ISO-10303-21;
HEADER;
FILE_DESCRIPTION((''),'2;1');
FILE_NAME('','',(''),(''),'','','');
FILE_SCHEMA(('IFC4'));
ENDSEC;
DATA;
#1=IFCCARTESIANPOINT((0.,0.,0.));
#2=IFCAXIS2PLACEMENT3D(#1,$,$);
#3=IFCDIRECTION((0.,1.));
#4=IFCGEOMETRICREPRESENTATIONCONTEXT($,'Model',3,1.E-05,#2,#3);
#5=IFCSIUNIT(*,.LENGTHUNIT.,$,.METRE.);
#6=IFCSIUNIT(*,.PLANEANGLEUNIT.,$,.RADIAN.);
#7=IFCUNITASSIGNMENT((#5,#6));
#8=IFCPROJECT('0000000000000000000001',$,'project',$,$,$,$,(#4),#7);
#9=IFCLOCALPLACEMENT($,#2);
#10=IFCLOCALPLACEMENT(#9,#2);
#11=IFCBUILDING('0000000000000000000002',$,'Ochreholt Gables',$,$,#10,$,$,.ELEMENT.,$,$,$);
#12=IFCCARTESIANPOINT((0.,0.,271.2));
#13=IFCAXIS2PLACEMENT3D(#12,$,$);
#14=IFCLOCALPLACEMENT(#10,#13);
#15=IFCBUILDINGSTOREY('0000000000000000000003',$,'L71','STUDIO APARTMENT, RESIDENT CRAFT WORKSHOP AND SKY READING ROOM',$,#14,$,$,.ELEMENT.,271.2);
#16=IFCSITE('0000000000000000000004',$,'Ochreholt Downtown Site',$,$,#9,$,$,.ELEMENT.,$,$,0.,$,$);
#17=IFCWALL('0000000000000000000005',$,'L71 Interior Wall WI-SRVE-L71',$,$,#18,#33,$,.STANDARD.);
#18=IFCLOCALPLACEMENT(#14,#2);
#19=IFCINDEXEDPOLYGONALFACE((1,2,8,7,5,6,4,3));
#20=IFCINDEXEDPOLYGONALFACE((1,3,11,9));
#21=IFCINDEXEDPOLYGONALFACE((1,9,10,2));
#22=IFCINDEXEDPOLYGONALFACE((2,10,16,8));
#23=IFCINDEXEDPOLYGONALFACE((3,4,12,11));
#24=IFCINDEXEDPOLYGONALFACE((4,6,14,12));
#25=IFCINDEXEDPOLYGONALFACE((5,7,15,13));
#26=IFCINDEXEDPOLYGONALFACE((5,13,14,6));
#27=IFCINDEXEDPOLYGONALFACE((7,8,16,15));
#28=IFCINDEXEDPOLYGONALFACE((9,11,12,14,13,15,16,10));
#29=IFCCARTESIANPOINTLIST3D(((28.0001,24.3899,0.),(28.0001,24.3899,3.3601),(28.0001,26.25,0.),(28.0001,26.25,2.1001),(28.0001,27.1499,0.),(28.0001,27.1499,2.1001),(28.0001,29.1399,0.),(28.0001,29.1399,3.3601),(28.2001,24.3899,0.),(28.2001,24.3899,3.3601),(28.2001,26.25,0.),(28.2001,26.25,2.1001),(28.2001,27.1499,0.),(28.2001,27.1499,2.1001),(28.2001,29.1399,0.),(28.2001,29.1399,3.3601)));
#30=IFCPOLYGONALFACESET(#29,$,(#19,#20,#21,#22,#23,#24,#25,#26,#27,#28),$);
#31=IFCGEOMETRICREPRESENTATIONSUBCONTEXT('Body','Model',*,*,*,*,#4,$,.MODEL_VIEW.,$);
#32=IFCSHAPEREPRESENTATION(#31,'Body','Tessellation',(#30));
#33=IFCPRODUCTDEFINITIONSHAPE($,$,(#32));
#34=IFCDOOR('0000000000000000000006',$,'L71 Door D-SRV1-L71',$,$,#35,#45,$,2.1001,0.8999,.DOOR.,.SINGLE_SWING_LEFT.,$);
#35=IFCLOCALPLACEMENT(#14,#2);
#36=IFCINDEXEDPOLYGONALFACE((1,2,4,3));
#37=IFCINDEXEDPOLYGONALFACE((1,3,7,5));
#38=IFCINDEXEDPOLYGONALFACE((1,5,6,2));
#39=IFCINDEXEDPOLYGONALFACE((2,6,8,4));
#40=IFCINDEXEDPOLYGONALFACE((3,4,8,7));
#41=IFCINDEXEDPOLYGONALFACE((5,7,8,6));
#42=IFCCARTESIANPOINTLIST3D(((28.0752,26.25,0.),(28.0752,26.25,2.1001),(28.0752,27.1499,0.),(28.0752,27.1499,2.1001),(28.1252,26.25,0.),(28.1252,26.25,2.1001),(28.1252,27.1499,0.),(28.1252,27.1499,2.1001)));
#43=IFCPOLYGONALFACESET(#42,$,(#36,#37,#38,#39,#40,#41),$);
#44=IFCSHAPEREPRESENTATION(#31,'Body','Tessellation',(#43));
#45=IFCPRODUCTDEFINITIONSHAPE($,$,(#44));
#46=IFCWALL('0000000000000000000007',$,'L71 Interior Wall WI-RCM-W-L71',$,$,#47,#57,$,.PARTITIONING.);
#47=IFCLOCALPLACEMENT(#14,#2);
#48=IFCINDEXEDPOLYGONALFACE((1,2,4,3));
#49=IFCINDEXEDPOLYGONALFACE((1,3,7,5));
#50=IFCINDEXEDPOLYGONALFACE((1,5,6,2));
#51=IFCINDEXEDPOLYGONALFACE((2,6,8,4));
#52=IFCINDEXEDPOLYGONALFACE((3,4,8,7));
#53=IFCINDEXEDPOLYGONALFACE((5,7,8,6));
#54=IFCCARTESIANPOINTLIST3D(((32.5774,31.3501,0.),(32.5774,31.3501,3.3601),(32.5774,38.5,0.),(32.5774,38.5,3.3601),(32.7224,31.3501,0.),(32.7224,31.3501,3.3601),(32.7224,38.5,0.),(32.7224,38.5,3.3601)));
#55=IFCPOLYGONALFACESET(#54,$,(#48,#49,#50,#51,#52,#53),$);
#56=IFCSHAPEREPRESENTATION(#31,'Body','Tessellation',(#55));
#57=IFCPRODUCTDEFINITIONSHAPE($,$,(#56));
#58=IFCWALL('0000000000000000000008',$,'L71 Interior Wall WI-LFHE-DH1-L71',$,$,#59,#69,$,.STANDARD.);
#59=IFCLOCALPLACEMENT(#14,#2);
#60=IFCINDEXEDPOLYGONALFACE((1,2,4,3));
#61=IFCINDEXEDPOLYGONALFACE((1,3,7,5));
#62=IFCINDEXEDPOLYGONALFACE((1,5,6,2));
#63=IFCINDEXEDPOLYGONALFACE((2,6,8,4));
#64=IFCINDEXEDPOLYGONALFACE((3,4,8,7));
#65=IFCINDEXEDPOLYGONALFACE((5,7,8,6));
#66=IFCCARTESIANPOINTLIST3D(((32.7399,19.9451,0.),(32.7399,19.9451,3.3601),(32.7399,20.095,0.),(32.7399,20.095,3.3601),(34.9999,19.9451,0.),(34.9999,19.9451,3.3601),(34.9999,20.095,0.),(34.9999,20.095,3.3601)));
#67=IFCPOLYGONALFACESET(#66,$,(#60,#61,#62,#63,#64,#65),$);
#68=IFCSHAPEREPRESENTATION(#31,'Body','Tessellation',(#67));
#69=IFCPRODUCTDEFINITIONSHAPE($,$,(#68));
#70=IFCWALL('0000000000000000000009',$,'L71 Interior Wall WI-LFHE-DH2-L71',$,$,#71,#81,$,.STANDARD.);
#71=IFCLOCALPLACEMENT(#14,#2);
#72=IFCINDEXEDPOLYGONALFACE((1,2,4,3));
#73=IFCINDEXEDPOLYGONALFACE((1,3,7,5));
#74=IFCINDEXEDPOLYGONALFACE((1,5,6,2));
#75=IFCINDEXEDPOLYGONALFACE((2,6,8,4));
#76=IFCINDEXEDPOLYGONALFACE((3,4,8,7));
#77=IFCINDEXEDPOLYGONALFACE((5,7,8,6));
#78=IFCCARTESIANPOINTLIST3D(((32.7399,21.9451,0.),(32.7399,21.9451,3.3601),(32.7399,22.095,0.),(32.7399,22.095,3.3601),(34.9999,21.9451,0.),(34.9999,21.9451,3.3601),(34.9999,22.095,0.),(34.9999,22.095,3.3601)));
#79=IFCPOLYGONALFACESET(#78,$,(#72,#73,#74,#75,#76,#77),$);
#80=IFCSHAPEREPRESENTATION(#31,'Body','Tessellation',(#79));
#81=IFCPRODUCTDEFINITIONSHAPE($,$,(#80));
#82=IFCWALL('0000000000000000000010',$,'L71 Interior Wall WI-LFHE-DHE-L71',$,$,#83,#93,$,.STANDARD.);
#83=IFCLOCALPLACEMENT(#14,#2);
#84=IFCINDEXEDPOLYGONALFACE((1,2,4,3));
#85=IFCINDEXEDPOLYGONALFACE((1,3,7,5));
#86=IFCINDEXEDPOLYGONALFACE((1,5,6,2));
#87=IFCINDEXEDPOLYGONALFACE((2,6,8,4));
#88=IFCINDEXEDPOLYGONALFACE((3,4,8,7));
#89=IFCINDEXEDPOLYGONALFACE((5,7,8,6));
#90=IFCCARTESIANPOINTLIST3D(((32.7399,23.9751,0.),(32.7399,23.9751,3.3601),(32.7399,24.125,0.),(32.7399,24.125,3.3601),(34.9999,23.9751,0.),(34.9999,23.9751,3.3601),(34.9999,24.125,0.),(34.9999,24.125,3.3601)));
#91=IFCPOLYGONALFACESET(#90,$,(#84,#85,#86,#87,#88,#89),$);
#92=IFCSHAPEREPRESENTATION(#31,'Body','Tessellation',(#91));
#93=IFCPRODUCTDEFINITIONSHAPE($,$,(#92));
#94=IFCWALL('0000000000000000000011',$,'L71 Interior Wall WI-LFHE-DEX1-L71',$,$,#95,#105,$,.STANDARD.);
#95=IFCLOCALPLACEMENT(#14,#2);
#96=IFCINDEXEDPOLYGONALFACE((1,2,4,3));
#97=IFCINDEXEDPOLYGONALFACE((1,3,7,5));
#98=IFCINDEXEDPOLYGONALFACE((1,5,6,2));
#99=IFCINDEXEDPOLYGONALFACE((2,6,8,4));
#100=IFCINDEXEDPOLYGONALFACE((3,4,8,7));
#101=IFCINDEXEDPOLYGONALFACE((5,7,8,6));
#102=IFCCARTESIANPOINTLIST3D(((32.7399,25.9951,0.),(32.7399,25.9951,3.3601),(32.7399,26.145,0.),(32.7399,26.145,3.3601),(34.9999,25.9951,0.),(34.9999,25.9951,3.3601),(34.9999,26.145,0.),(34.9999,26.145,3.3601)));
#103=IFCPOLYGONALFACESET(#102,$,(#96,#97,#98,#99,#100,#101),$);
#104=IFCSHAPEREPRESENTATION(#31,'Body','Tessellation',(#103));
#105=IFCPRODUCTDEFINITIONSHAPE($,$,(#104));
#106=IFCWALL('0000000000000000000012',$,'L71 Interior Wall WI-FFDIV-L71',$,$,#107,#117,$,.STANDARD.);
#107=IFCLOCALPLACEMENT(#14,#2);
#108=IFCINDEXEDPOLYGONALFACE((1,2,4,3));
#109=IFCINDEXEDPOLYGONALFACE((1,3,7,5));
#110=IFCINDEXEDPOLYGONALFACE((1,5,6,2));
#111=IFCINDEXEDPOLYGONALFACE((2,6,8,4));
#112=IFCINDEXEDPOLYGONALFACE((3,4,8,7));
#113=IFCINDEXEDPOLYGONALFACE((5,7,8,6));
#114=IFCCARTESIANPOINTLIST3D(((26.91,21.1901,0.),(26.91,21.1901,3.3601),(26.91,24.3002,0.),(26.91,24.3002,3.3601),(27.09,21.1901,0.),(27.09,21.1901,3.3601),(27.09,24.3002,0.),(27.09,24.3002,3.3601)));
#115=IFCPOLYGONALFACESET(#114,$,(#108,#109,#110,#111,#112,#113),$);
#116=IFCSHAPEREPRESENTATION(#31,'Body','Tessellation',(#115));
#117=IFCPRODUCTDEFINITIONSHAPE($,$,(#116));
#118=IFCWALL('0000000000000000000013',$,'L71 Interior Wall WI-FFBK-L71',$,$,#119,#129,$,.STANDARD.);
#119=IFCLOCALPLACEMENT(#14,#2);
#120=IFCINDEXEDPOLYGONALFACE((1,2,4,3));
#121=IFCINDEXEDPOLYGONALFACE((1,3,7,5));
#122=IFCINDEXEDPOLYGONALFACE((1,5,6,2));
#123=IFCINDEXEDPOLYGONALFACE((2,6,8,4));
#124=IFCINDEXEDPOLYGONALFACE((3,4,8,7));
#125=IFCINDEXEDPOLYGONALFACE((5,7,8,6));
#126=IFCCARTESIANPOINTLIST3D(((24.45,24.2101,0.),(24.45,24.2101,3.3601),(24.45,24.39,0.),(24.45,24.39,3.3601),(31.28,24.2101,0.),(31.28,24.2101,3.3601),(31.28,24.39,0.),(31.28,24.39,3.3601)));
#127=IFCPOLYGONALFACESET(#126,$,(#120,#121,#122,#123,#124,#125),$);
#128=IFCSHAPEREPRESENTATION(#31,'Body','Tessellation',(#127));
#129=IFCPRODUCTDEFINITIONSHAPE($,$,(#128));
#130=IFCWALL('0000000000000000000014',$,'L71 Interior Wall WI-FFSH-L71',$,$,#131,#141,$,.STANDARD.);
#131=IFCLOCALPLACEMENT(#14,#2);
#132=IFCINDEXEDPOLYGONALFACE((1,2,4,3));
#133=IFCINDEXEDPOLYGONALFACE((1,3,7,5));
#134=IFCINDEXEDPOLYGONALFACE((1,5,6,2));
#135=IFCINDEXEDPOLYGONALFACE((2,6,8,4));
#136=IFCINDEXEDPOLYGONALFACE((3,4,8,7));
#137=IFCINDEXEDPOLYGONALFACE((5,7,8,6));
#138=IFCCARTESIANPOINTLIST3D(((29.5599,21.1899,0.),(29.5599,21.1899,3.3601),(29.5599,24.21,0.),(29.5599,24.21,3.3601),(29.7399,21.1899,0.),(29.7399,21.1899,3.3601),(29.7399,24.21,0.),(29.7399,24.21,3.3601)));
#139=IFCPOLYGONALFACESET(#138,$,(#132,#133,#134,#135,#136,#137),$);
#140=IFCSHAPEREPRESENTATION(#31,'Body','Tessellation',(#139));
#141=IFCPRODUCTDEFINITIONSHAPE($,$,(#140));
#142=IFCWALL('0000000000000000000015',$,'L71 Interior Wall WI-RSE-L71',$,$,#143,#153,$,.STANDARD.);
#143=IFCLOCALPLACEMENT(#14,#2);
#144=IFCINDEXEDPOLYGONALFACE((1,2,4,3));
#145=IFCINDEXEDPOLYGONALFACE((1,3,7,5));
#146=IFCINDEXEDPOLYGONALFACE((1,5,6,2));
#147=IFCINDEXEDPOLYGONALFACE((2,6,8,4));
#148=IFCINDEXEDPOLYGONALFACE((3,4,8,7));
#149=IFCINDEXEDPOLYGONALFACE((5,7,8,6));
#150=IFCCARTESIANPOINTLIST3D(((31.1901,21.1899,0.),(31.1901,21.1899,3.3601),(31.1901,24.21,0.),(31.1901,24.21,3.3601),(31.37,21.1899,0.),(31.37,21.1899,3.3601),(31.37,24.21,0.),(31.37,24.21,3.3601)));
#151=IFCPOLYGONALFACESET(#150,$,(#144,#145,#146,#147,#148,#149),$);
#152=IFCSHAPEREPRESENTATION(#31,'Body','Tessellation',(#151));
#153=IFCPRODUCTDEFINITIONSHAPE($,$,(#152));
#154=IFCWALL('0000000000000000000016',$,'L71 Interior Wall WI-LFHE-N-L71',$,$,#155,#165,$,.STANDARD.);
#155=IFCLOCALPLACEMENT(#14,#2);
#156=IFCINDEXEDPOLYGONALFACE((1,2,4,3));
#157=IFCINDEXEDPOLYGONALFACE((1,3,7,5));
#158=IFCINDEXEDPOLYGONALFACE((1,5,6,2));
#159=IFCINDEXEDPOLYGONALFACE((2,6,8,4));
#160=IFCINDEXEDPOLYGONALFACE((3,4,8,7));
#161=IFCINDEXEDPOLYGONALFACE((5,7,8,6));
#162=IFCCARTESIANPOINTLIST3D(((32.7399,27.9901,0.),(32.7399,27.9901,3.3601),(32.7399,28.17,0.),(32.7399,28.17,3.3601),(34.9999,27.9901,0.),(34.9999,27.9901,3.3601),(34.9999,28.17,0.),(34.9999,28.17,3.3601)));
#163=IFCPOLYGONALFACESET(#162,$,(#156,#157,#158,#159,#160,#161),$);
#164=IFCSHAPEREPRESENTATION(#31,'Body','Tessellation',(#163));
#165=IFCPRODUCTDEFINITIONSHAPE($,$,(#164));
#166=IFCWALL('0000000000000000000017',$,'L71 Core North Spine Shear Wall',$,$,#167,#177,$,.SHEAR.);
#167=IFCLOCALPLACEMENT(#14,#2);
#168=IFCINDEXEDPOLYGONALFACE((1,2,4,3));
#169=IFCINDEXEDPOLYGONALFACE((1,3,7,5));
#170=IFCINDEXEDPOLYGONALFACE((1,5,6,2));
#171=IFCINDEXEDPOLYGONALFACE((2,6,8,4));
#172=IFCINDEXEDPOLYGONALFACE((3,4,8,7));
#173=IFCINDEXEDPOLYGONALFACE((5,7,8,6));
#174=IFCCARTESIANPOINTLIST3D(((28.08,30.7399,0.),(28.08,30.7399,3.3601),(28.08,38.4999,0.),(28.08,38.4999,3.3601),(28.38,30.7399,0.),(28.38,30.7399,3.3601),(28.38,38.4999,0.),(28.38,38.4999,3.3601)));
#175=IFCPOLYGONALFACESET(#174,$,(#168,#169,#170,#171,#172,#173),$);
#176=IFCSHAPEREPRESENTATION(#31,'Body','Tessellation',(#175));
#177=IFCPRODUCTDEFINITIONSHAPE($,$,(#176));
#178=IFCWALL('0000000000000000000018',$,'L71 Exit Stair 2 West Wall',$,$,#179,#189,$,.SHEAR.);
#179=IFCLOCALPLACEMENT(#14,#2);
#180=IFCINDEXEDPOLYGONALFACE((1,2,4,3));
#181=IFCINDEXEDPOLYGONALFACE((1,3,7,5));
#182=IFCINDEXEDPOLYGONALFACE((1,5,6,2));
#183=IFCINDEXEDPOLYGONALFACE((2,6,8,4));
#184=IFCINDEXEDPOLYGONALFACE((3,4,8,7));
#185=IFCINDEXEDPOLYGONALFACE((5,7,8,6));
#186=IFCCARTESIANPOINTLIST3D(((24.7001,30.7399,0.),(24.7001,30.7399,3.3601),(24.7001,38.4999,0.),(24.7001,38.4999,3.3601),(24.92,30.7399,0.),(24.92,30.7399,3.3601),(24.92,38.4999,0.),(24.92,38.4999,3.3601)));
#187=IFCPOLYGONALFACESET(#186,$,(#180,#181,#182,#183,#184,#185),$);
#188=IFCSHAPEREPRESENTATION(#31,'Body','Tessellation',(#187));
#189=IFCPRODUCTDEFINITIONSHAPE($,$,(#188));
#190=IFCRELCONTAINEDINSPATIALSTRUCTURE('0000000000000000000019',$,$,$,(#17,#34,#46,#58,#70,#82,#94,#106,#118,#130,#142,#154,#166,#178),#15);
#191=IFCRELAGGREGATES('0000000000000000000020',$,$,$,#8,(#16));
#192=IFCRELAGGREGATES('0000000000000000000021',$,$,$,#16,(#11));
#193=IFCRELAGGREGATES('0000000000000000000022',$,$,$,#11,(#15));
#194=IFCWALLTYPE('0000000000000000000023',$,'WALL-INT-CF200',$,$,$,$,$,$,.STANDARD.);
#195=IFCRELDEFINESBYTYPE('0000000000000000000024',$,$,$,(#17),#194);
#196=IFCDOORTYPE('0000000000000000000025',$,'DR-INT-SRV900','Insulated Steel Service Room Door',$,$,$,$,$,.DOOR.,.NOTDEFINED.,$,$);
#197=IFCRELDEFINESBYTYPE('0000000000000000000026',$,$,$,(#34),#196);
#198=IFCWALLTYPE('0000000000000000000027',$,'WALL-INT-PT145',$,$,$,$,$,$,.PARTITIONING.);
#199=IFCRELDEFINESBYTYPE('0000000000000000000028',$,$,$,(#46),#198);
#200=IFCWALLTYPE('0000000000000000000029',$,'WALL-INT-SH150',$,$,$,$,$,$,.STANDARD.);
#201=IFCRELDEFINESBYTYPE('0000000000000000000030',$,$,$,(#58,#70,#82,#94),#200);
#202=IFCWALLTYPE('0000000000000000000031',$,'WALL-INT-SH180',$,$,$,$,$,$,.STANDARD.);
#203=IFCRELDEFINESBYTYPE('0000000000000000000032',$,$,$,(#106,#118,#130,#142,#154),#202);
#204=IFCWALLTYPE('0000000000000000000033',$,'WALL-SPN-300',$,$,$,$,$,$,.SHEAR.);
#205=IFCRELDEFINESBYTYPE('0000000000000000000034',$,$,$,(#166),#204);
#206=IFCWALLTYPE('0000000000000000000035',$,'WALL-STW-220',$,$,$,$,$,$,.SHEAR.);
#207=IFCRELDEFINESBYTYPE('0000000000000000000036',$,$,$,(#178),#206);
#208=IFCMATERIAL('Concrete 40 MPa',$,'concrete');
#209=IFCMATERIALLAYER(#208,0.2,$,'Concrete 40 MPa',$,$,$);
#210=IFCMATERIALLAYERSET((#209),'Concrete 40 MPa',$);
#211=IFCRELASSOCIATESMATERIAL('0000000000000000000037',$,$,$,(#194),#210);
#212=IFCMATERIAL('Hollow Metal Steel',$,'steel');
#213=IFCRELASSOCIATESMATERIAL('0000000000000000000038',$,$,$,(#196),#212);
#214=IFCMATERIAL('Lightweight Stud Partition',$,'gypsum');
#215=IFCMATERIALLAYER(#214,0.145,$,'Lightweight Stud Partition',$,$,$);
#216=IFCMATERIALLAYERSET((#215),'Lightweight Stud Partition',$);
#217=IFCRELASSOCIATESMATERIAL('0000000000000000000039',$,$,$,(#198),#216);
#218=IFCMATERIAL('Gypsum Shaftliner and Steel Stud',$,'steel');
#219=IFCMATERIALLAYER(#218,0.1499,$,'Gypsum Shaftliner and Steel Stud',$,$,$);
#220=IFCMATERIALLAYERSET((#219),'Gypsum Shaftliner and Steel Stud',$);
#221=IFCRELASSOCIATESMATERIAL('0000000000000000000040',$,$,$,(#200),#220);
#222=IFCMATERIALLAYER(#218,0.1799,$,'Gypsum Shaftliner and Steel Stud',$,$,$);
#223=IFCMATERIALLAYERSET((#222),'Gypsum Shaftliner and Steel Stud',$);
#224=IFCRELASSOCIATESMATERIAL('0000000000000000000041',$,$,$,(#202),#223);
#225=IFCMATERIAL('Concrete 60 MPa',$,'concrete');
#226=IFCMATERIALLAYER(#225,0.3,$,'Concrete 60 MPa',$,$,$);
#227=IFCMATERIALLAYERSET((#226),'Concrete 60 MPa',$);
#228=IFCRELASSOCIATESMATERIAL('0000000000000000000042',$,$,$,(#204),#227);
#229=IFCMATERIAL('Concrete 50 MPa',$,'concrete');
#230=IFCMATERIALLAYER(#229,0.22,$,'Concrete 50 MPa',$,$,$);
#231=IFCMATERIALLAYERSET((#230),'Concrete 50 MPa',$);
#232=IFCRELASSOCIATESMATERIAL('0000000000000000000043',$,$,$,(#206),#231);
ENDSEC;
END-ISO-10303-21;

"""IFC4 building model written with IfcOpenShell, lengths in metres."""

from ifc_helpers import new_model, si_unit, direction, frame, frame_2d, origin, place, context, subcontext, project, spatial, rectangle, extrude, material, layer, layer_set, type_object, element, fill, save


model = new_model("IFC4")

# Units and contexts
model_context = context("Model", 3, precision=1e-05, world=origin(), true_north=direction((0.0, 1.0)))
body_context = subcontext(model_context, "Body", "Model", "MODEL_VIEW")
ifc_project = project(units=[si_unit("LENGTHUNIT", "METRE"), si_unit("PLANEANGLEUNIT", "RADIAN")], contexts=[model_context])

# Site, building, storey
site_placement = place(None, origin())
site = spatial("IfcSite", under=ifc_project, at=site_placement, Name="Ochreholt Downtown Site", CompositionType="ELEMENT", RefElevation=0.0)
building_placement = place(site_placement, origin())
building = spatial("IfcBuilding", under=site, at=building_placement, Name="Ochreholt Gables", CompositionType="ELEMENT")
storey_placement = place(building_placement, frame((0.0, 0.0, 271.2)))
storey = spatial("IfcBuildingStorey", under=building, at=storey_placement, Name="L71", Description="STUDIO APARTMENT, RESIDENT CRAFT WORKSHOP AND SKY READING ROOM", CompositionType="ELEMENT", Elevation=271.2)

# Shared definitions
ifc_material_1 = material(Name="Concrete 50 MPa", Category="concrete")

# Shared definitions
ifc_material_2 = material(Name="Concrete 40 MPa", Category="concrete")
ifc_layer_1 = layer(ifc_material_2, 0.2, Name="Concrete 40 MPa")
ifc_layer_set_1 = layer_set([ifc_layer_1], Name="Concrete 40 MPa")
wall_type_1 = type_object("IfcWallType", Name="WALL-INT-CF200", PredefinedType="STANDARD", material=ifc_layer_set_1)

# Wall, opening, door
wall_1_placement = place(storey_placement, frame((28.1001, 24.3899, 0.0), z_axis=(0.0, 0.0, 1.0), x_axis=(0.0, 1.0, 0.0)))
wall_1 = element("IfcWall", 1, at=wall_1_placement, inside=storey, type_object=wall_type_1, Name="L71 Interior Wall WI-SRVE-L71", PredefinedType="STANDARD", context=body_context, shape_type="SweptSolid", body=[
    extrude(rectangle(XDim=4.75, YDim=0.2, at=frame_2d((2.375, 0.0))), origin(), (0.0, 0.0, 1.0), 3.3601),
])
opening_1_placement = place(wall_1_placement, frame((1.8601, 0.0, 0.0)))
opening_1 = element("IfcOpeningElement", 2, at=opening_1_placement, cuts=wall_1, PredefinedType="OPENING", context=body_context, shape_type="SweptSolid", body=[
    extrude(rectangle(XDim=0.8999, YDim=2.1001, at=frame_2d((0.45, 1.05))), frame((0.0, 0.1099, 0.0), z_axis=(0.0, -1.0, 0.0), x_axis=(1.0, 0.0, 0.0)), (0.0, 0.0, 1.0), 0.22),
])
ifc_material_3 = material(Name="Hollow Metal Steel", Category="steel")
door_type_1 = type_object("IfcDoorType", Name="DR-INT-SRV900", Description="Insulated Steel Service Room Door", OperationType="NOTDEFINED", PredefinedType="DOOR", material=ifc_material_3)
door_1_placement = place(opening_1_placement, origin())
door_1 = element("IfcDoor", 3, at=door_1_placement, inside=storey, type_object=door_type_1, Name="L71 Door D-SRV1-L71", OperationType="SINGLE_SWING_LEFT", OverallHeight=2.1001, OverallWidth=0.8999, PredefinedType="DOOR", context=body_context, shape_type="SweptSolid", body=[
    extrude(rectangle(XDim=0.8999, YDim=2.1001, at=frame_2d((0.45, 1.05))), frame((0.0, 0.0249, 0.0), z_axis=(0.0, -1.0, 0.0), x_axis=(1.0, 0.0, 0.0)), (0.0, 0.0, 1.0), 0.05),
])
fill(opening_1, door_1)

# Walls
ifc_material_4 = material(Name="Lightweight Stud Partition", Category="gypsum")
ifc_layer_2 = layer(ifc_material_4, 0.145, Name="Lightweight Stud Partition")
ifc_layer_set_2 = layer_set([ifc_layer_2], Name="Lightweight Stud Partition")
wall_type_2 = type_object("IfcWallType", Name="WALL-INT-PT145", PredefinedType="PARTITIONING", material=ifc_layer_set_2)
wall_2_placement = place(storey_placement, frame((32.6499, 31.3501, 0.0), z_axis=(0.0, 0.0, 1.0), x_axis=(0.0, 1.0, 0.0)))
element("IfcWall", 4, at=wall_2_placement, inside=storey, type_object=wall_type_2, Name="L71 Interior Wall WI-RCM-W-L71", PredefinedType="PARTITIONING", context=body_context, shape_type="SweptSolid", body=[
    extrude(rectangle(XDim=7.1499, YDim=0.145, at=frame_2d((3.575, 0.0))), origin(), (0.0, 0.0, 1.0), 3.3601),
])
ifc_material_5 = material(Name="Gypsum Shaftliner and Steel Stud", Category="steel")
ifc_layer_3 = layer(ifc_material_5, 0.1499, Name="Gypsum Shaftliner and Steel Stud")
ifc_layer_set_3 = layer_set([ifc_layer_3], Name="Gypsum Shaftliner and Steel Stud")
wall_type_3 = type_object("IfcWallType", Name="WALL-INT-SH150", PredefinedType="STANDARD", material=ifc_layer_set_3)
for number, where, z_axis, x_axis, name in (
    (5, (32.74, 20.02, 0.0), (0.0, 0.0, 1.0), (1.0, 0.0, 0.0), "L71 Interior Wall WI-LFHE-DH1-L71"),
    (6, (32.74, 22.02, 0.0), (0.0, 0.0, 1.0), (1.0, 0.0, 0.0), "L71 Interior Wall WI-LFHE-DH2-L71"),
    (7, (32.74, 24.05, 0.0), (0.0, 0.0, 1.0), (1.0, 0.0, 0.0), "L71 Interior Wall WI-LFHE-DHE-L71"),
    (8, (32.74, 26.0701, 0.0), (0.0, 0.0, 1.0), (1.0, 0.0, 0.0), "L71 Interior Wall WI-LFHE-DEX1-L71"),
):
    element("IfcWall", number, at=place(storey_placement, frame(where, z_axis=z_axis, x_axis=x_axis)), inside=storey, type_object=wall_type_3, Name=name, PredefinedType="STANDARD", context=body_context, shape_type="SweptSolid", body=[
        extrude(rectangle(XDim=2.26, YDim=0.1499, at=frame_2d((1.1299, 0.0))), origin(), (0.0, 0.0, 1.0), 3.3601),
    ])
ifc_layer_4 = layer(ifc_material_5, 0.1799, Name="Gypsum Shaftliner and Steel Stud")
ifc_layer_set_4 = layer_set([ifc_layer_4], Name="Gypsum Shaftliner and Steel Stud")
wall_type_4 = type_object("IfcWallType", Name="WALL-INT-SH180", PredefinedType="STANDARD", material=ifc_layer_set_4)
wall_3_placement = place(storey_placement, frame((27.0, 21.1899, 0.0), z_axis=(0.0, 0.0, 1.0), x_axis=(0.0, 1.0, 0.0)))
element("IfcWall", 9, at=wall_3_placement, inside=storey, type_object=wall_type_4, Name="L71 Interior Wall WI-FFDIV-L71", PredefinedType="STANDARD", context=body_context, shape_type="SweptSolid", body=[
    extrude(rectangle(XDim=3.1101, YDim=0.1799, at=frame_2d((1.5552, 0.0))), origin(), (0.0, 0.0, 1.0), 3.3601),
])
wall_4_placement = place(storey_placement, frame((24.45, 24.3, 0.0), z_axis=(0.0, 0.0, 1.0), x_axis=(1.0, 0.0, 0.0)))
element("IfcWall", 10, at=wall_4_placement, inside=storey, type_object=wall_type_4, Name="L71 Interior Wall WI-FFBK-L71", PredefinedType="STANDARD", context=body_context, shape_type="SweptSolid", body=[
    extrude(rectangle(XDim=6.8301, YDim=0.1799, at=frame_2d((3.415, 0.0))), origin(), (0.0, 0.0, 1.0), 3.3601),
])
for number, where, z_axis, x_axis, name in (
    (11, (29.6499, 21.1899, 0.0), (0.0, 0.0, 1.0), (0.0, 1.0, 0.0), "L71 Interior Wall WI-FFSH-L71"),
    (12, (31.28, 21.1899, 0.0), (0.0, 0.0, 1.0), (0.0, 1.0, 0.0), "L71 Interior Wall WI-RSE-L71"),
):
    element("IfcWall", number, at=place(storey_placement, frame(where, z_axis=z_axis, x_axis=x_axis)), inside=storey, type_object=wall_type_4, Name=name, PredefinedType="STANDARD", context=body_context, shape_type="SweptSolid", body=[
        extrude(rectangle(XDim=3.02, YDim=0.1799, at=frame_2d((1.51, 0.0))), origin(), (0.0, 0.0, 1.0), 3.3601),
    ])
wall_5_placement = place(storey_placement, frame((32.74, 28.0801, 0.0), z_axis=(0.0, 0.0, 1.0), x_axis=(1.0, 0.0, 0.0)))
element("IfcWall", 13, at=wall_5_placement, inside=storey, type_object=wall_type_4, Name="L71 Interior Wall WI-LFHE-N-L71", PredefinedType="STANDARD", context=body_context, shape_type="SweptSolid", body=[
    extrude(rectangle(XDim=2.26, YDim=0.1799, at=frame_2d((1.1299, 0.0))), origin(), (0.0, 0.0, 1.0), 3.3601),
])
ifc_material_6 = material(Name="Concrete 60 MPa", Category="concrete")
ifc_layer_5 = layer(ifc_material_6, 0.3, Name="Concrete 60 MPa")
ifc_layer_set_5 = layer_set([ifc_layer_5], Name="Concrete 60 MPa")
wall_type_5 = type_object("IfcWallType", Name="WALL-SPN-300", PredefinedType="SHEAR", material=ifc_layer_set_5)
wall_6_placement = place(storey_placement, frame((28.23, 30.74, 0.0), z_axis=(0.0, 0.0, 1.0), x_axis=(0.0, 1.0, 0.0)))
element("IfcWall", 14, at=wall_6_placement, inside=storey, type_object=wall_type_5, Name="L71 Core North Spine Shear Wall", PredefinedType="SHEAR", context=body_context, shape_type="SweptSolid", body=[
    extrude(rectangle(XDim=7.76, YDim=0.3, at=frame_2d((3.8799, 0.0))), origin(), (0.0, 0.0, 1.0), 3.3601),
])
ifc_layer_6 = layer(ifc_material_1, 0.22, Name="Concrete 50 MPa")
ifc_layer_set_6 = layer_set([ifc_layer_6], Name="Concrete 50 MPa")
wall_type_6 = type_object("IfcWallType", Name="WALL-STW-220", PredefinedType="SHEAR", material=ifc_layer_set_6)
wall_7_placement = place(storey_placement, frame((24.8101, 30.74, 0.0), z_axis=(0.0, 0.0, 1.0), x_axis=(0.0, 1.0, 0.0)))
element("IfcWall", 15, at=wall_7_placement, inside=storey, type_object=wall_type_6, Name="L71 Exit Stair 2 West Wall", PredefinedType="SHEAR", context=body_context, shape_type="SweptSolid", body=[
    extrude(rectangle(XDim=7.76, YDim=0.22, at=frame_2d((3.8799, 0.0))), origin(), (0.0, 0.0, 1.0), 3.3601),
])

save(model, "model.ifc")
